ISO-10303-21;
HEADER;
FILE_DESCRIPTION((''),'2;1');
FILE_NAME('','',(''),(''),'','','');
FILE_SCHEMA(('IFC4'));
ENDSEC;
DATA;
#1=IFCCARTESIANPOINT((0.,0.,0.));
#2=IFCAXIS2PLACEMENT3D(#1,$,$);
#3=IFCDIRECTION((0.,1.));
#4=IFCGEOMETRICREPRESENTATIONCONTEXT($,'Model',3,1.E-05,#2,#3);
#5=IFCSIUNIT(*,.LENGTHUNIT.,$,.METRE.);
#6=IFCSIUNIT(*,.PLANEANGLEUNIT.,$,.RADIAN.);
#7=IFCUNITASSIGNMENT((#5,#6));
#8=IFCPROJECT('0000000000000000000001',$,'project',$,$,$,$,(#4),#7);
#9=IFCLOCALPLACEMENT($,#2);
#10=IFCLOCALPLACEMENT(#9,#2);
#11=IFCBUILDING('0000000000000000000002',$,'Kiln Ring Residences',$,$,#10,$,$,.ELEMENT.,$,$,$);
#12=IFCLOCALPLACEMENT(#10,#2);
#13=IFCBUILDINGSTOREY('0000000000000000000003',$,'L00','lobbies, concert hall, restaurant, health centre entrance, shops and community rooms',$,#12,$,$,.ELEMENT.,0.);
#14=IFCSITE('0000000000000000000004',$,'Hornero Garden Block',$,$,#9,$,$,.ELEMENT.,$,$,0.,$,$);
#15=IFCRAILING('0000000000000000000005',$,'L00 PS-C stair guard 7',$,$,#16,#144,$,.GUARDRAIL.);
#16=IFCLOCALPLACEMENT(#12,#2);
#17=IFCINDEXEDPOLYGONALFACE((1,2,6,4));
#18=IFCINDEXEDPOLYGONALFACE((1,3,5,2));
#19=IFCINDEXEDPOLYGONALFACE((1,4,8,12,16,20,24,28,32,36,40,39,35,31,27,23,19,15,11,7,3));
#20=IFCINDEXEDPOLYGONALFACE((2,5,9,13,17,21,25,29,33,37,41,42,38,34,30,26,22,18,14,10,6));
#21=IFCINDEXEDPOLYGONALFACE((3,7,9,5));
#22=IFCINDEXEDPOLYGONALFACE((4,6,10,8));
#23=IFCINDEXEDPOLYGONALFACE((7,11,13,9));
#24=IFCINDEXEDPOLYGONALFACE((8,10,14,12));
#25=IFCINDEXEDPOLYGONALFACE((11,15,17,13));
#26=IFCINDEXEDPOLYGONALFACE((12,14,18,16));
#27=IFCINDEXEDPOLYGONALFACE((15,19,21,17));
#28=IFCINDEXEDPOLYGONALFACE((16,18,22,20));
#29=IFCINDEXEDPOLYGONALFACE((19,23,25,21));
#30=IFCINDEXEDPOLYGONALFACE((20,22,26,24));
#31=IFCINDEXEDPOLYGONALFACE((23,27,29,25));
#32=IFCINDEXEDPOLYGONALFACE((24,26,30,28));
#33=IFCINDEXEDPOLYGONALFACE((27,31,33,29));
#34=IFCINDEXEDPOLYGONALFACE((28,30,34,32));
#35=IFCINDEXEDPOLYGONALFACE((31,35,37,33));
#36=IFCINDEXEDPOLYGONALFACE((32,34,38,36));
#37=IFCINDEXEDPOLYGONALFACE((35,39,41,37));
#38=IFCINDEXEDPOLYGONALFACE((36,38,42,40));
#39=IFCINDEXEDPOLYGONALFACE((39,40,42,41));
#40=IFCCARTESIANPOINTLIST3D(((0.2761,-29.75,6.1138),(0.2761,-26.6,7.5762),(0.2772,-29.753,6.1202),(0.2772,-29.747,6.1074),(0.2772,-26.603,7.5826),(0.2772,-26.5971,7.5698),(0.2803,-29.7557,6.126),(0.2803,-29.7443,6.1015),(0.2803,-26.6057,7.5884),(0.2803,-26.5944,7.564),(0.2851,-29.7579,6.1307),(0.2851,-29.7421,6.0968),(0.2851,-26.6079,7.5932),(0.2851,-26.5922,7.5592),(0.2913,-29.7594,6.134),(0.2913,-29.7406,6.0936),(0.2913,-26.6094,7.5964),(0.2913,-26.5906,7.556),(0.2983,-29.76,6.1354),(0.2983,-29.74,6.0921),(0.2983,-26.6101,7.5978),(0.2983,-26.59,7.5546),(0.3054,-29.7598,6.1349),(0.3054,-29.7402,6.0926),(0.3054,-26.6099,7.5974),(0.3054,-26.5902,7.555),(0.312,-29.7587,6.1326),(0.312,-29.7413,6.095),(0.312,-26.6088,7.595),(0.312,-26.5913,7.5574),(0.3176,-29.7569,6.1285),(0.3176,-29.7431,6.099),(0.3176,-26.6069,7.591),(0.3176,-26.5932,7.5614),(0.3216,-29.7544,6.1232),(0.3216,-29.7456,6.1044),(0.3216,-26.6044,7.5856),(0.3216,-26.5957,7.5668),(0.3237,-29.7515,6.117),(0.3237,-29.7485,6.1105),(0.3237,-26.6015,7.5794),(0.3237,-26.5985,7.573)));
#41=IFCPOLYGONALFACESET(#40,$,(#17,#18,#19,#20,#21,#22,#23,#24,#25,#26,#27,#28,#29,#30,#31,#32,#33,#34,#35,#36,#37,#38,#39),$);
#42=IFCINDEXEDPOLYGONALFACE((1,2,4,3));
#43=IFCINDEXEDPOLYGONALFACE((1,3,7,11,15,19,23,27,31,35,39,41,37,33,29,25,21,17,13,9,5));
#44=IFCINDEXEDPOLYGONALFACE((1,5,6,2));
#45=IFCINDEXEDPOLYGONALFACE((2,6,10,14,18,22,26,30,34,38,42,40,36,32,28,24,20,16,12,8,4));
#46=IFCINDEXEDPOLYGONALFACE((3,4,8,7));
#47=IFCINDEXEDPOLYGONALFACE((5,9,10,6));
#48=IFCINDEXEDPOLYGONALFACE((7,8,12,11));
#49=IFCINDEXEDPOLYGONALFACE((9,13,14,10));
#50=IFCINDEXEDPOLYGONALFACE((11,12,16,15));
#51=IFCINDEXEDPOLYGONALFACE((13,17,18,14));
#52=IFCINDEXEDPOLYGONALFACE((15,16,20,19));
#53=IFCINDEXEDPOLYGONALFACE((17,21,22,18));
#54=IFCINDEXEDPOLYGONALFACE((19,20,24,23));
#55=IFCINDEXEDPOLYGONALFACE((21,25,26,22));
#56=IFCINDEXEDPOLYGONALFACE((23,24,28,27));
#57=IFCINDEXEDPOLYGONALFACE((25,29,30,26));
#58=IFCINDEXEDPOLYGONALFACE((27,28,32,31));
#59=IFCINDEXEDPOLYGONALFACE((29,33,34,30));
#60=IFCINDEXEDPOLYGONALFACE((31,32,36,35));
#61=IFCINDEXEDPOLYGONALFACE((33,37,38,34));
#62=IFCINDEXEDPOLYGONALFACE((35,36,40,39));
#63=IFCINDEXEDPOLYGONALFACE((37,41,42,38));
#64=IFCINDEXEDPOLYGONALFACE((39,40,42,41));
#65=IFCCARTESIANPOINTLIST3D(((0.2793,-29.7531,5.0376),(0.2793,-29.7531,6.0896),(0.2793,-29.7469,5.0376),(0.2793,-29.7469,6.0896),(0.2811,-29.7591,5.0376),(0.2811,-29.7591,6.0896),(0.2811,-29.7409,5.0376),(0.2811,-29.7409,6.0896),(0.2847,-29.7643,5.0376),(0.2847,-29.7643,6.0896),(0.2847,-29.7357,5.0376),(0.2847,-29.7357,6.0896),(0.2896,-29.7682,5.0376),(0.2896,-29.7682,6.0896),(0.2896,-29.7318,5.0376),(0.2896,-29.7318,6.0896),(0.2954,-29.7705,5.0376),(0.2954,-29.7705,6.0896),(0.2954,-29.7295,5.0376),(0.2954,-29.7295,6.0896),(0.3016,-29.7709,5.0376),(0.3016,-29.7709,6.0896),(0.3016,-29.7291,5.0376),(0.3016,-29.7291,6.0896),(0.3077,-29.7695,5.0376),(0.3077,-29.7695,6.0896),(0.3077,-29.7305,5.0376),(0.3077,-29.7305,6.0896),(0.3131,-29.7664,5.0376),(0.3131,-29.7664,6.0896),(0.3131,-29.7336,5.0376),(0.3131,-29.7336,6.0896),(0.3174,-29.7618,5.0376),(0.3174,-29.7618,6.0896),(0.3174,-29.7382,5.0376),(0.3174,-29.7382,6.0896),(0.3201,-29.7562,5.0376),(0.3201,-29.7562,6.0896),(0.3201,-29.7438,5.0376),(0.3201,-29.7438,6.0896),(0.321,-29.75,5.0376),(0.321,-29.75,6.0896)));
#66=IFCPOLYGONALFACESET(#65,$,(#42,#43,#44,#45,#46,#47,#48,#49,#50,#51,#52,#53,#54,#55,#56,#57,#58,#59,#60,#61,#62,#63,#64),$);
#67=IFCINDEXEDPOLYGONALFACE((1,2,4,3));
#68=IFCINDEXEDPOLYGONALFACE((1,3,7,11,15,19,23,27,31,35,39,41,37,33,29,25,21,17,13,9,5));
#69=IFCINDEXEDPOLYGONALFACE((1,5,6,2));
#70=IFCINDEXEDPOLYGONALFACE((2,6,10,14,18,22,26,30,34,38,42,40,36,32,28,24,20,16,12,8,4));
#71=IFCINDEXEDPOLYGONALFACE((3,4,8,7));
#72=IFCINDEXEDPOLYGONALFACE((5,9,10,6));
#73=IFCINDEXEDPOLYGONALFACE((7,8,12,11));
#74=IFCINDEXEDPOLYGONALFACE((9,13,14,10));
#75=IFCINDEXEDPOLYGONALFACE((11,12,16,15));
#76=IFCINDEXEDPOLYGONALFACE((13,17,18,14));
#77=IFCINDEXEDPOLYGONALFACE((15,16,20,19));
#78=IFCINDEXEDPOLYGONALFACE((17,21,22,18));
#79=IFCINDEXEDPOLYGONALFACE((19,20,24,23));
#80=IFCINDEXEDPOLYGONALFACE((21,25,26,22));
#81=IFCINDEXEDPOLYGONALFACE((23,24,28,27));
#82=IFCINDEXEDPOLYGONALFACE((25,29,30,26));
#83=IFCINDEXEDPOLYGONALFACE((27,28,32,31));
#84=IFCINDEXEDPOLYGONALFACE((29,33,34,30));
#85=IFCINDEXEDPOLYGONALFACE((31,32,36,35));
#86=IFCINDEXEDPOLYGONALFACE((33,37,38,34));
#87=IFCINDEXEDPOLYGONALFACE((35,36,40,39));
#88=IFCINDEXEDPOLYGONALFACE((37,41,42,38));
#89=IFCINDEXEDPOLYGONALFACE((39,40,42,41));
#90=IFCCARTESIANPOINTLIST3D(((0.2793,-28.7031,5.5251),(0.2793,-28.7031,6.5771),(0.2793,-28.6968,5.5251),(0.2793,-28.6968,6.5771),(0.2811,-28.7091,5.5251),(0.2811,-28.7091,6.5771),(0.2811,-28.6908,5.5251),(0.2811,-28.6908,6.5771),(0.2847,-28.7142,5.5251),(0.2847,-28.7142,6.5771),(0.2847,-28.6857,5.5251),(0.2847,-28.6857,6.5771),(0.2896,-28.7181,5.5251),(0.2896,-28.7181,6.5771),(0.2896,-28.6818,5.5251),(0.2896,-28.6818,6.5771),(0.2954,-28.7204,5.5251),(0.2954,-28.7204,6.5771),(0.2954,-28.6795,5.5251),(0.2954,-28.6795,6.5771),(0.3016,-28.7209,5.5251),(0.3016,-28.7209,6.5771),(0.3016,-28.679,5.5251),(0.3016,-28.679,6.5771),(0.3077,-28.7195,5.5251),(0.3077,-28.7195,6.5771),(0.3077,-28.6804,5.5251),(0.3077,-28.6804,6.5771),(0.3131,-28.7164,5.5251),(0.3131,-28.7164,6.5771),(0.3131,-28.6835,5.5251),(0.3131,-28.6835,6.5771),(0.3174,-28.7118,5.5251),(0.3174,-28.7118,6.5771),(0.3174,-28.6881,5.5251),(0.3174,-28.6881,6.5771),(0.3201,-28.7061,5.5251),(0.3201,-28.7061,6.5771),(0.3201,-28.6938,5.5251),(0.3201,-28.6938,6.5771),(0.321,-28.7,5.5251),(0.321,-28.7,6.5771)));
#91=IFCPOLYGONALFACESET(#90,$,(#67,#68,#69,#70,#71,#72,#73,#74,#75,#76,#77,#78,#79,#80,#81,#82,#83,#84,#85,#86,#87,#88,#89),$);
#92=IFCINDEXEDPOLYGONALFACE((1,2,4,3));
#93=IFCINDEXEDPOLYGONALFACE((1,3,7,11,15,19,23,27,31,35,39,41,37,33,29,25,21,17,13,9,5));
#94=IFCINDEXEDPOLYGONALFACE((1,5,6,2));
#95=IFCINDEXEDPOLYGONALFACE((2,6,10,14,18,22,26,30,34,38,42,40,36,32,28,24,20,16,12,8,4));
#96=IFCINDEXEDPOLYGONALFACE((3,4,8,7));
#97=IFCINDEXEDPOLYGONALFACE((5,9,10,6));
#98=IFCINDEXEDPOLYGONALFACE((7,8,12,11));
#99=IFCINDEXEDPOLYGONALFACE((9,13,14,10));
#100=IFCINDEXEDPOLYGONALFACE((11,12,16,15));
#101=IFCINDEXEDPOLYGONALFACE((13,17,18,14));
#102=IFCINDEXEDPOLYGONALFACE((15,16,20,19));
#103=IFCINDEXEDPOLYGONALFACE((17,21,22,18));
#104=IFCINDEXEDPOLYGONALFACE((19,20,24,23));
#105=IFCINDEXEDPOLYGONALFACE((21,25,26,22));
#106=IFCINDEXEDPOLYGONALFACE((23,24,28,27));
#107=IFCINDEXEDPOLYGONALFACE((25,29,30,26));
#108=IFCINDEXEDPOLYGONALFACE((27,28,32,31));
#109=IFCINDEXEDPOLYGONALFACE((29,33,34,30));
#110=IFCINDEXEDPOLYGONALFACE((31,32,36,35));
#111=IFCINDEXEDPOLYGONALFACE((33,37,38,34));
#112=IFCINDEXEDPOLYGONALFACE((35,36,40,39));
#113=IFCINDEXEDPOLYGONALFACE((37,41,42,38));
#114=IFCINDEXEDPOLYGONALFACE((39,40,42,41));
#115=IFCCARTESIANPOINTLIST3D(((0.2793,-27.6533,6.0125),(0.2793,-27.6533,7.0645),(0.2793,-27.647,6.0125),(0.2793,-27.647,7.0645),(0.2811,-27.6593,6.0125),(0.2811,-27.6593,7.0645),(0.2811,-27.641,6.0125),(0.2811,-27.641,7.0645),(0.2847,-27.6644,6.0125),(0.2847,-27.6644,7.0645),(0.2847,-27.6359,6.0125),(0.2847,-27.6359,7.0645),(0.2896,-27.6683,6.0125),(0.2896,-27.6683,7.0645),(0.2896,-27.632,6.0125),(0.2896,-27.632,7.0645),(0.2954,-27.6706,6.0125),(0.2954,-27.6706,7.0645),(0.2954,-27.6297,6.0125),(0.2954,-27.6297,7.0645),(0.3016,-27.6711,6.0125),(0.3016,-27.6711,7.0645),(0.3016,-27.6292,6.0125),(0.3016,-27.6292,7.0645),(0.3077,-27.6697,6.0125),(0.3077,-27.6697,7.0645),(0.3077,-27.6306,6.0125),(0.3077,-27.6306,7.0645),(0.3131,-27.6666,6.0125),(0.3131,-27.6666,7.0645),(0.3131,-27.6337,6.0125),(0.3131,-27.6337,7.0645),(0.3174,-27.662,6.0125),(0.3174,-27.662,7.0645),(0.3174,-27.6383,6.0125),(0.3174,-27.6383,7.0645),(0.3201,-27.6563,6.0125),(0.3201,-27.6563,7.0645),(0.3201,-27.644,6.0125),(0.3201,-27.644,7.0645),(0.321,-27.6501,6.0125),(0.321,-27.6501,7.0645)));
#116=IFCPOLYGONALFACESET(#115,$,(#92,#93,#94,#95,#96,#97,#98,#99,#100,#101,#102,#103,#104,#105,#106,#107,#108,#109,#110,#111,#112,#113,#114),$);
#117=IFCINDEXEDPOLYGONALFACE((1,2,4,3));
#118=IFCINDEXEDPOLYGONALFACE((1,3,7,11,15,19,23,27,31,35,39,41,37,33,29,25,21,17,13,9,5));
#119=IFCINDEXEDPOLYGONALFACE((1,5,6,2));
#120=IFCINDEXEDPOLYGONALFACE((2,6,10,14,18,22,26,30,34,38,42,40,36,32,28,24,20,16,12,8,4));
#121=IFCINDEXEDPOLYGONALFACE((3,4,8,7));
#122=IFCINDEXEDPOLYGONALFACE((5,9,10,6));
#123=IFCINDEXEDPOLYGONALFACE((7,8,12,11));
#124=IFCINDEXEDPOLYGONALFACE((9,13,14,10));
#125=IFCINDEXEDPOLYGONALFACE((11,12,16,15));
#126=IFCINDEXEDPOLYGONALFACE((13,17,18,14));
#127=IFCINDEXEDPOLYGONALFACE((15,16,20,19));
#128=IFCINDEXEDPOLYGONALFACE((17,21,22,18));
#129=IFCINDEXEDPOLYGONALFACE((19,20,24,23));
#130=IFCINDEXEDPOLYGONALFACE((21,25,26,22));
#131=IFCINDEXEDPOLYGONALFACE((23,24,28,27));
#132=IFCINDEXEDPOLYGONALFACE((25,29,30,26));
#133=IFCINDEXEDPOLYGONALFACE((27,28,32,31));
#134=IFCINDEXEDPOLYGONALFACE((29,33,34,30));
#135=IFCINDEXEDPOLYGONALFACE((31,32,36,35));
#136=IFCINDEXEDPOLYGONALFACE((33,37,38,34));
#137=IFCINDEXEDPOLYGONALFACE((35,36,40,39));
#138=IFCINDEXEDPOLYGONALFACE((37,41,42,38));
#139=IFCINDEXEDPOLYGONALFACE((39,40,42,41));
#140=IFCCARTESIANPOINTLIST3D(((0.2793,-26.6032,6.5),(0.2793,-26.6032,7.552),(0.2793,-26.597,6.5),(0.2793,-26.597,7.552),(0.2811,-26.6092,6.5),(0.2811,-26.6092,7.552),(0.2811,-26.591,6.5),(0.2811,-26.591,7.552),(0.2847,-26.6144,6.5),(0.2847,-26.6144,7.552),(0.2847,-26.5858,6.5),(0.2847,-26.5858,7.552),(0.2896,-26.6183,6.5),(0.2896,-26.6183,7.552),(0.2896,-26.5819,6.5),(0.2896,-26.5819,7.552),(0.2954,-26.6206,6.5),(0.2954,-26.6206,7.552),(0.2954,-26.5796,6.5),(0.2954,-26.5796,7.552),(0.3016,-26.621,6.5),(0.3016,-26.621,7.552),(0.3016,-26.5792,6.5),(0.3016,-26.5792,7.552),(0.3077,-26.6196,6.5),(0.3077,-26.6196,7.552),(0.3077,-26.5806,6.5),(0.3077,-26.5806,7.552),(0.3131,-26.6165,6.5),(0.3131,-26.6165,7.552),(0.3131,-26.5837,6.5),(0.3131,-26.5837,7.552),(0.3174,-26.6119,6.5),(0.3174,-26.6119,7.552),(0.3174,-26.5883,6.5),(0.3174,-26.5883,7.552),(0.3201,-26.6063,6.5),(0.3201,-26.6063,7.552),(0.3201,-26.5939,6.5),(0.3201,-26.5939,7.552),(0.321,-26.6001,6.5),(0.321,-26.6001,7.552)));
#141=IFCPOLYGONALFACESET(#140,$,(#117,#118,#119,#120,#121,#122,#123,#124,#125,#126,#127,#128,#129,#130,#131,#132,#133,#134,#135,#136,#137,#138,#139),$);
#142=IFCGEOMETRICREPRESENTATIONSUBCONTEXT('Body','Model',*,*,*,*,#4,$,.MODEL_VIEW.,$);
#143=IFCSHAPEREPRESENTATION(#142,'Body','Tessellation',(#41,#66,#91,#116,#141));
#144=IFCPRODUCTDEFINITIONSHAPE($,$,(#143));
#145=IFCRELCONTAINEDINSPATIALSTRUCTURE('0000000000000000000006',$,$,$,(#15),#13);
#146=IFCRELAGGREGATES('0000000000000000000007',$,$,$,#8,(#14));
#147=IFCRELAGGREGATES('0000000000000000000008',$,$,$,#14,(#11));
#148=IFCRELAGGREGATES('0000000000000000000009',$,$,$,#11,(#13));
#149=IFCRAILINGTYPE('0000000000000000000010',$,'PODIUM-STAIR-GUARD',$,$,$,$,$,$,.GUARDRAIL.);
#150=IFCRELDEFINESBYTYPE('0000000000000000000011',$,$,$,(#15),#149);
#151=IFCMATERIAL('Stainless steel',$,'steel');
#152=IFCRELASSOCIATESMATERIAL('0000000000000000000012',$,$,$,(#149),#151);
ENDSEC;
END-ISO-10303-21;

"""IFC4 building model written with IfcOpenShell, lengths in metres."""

from ifc_helpers import new_model, si_unit, direction, frame, origin, origin_2d, place, context, subcontext, project, spatial, circle, extrude, material, type_object, element, save


model = new_model("IFC4")

# Units and contexts
model_context = context("Model", 3, precision=1e-05, world=origin(), true_north=direction((0.0, 1.0)))
body_context = subcontext(model_context, "Body", "Model", "MODEL_VIEW")
ifc_project = project(units=[si_unit("LENGTHUNIT", "METRE"), si_unit("PLANEANGLEUNIT", "RADIAN")], contexts=[model_context])

# Site, building, storey
site_placement = place(None, origin())
site = spatial("IfcSite", under=ifc_project, at=site_placement, Name="Hornero Garden Block", CompositionType="ELEMENT", RefElevation=0.0)
building_placement = place(site_placement, origin())
building = spatial("IfcBuilding", under=site, at=building_placement, Name="Kiln Ring Residences", CompositionType="ELEMENT")
storey_placement = place(building_placement, origin())
storey = spatial("IfcBuildingStorey", under=building, at=storey_placement, Name="L00", Description="lobbies, concert hall, restaurant, health centre entrance, shops and community rooms", CompositionType="ELEMENT", Elevation=0.0)

# Railing
ifc_material_1 = material(Name="Stainless steel", Category="steel")
railing_type_1 = type_object("IfcRailingType", Name="PODIUM-STAIR-GUARD", PredefinedType="GUARDRAIL", material=ifc_material_1)
for number, where, name in (
    (1, (0.3, -29.75, 5.0376), "L00 PS-C stair guard 7"),
):
    element("IfcRailing", number, at=place(storey_placement, frame(where)), inside=storey, type_object=railing_type_1, Name=name, PredefinedType="GUARDRAIL", context=body_context, shape_type="SweptSolid", body=[
        extrude(circle(Radius=0.0239, at=origin_2d()), frame((0.0, 0.0, 1.0762), z_axis=(0.0, 0.907015, 0.421099), x_axis=(-1.0, 0.0, 0.0)), (0.0, 0.0, 1.0), 3.4729),
        extrude(circle(Radius=0.021, at=origin_2d()), origin(), (0.0, 0.0, 1.0), 1.052),
        extrude(circle(Radius=0.021, at=origin_2d()), frame((0.0, 1.05, 0.4875)), (0.0, 0.0, 1.0), 1.052),
        extrude(circle(Radius=0.021, at=origin_2d()), frame((0.0, 2.0999, 0.9749)), (0.0, 0.0, 1.0), 1.052),
        extrude(circle(Radius=0.021, at=origin_2d()), frame((0.0, 3.1499, 1.4624)), (0.0, 0.0, 1.0), 1.052),
    ])

save(model, "model.ifc")
